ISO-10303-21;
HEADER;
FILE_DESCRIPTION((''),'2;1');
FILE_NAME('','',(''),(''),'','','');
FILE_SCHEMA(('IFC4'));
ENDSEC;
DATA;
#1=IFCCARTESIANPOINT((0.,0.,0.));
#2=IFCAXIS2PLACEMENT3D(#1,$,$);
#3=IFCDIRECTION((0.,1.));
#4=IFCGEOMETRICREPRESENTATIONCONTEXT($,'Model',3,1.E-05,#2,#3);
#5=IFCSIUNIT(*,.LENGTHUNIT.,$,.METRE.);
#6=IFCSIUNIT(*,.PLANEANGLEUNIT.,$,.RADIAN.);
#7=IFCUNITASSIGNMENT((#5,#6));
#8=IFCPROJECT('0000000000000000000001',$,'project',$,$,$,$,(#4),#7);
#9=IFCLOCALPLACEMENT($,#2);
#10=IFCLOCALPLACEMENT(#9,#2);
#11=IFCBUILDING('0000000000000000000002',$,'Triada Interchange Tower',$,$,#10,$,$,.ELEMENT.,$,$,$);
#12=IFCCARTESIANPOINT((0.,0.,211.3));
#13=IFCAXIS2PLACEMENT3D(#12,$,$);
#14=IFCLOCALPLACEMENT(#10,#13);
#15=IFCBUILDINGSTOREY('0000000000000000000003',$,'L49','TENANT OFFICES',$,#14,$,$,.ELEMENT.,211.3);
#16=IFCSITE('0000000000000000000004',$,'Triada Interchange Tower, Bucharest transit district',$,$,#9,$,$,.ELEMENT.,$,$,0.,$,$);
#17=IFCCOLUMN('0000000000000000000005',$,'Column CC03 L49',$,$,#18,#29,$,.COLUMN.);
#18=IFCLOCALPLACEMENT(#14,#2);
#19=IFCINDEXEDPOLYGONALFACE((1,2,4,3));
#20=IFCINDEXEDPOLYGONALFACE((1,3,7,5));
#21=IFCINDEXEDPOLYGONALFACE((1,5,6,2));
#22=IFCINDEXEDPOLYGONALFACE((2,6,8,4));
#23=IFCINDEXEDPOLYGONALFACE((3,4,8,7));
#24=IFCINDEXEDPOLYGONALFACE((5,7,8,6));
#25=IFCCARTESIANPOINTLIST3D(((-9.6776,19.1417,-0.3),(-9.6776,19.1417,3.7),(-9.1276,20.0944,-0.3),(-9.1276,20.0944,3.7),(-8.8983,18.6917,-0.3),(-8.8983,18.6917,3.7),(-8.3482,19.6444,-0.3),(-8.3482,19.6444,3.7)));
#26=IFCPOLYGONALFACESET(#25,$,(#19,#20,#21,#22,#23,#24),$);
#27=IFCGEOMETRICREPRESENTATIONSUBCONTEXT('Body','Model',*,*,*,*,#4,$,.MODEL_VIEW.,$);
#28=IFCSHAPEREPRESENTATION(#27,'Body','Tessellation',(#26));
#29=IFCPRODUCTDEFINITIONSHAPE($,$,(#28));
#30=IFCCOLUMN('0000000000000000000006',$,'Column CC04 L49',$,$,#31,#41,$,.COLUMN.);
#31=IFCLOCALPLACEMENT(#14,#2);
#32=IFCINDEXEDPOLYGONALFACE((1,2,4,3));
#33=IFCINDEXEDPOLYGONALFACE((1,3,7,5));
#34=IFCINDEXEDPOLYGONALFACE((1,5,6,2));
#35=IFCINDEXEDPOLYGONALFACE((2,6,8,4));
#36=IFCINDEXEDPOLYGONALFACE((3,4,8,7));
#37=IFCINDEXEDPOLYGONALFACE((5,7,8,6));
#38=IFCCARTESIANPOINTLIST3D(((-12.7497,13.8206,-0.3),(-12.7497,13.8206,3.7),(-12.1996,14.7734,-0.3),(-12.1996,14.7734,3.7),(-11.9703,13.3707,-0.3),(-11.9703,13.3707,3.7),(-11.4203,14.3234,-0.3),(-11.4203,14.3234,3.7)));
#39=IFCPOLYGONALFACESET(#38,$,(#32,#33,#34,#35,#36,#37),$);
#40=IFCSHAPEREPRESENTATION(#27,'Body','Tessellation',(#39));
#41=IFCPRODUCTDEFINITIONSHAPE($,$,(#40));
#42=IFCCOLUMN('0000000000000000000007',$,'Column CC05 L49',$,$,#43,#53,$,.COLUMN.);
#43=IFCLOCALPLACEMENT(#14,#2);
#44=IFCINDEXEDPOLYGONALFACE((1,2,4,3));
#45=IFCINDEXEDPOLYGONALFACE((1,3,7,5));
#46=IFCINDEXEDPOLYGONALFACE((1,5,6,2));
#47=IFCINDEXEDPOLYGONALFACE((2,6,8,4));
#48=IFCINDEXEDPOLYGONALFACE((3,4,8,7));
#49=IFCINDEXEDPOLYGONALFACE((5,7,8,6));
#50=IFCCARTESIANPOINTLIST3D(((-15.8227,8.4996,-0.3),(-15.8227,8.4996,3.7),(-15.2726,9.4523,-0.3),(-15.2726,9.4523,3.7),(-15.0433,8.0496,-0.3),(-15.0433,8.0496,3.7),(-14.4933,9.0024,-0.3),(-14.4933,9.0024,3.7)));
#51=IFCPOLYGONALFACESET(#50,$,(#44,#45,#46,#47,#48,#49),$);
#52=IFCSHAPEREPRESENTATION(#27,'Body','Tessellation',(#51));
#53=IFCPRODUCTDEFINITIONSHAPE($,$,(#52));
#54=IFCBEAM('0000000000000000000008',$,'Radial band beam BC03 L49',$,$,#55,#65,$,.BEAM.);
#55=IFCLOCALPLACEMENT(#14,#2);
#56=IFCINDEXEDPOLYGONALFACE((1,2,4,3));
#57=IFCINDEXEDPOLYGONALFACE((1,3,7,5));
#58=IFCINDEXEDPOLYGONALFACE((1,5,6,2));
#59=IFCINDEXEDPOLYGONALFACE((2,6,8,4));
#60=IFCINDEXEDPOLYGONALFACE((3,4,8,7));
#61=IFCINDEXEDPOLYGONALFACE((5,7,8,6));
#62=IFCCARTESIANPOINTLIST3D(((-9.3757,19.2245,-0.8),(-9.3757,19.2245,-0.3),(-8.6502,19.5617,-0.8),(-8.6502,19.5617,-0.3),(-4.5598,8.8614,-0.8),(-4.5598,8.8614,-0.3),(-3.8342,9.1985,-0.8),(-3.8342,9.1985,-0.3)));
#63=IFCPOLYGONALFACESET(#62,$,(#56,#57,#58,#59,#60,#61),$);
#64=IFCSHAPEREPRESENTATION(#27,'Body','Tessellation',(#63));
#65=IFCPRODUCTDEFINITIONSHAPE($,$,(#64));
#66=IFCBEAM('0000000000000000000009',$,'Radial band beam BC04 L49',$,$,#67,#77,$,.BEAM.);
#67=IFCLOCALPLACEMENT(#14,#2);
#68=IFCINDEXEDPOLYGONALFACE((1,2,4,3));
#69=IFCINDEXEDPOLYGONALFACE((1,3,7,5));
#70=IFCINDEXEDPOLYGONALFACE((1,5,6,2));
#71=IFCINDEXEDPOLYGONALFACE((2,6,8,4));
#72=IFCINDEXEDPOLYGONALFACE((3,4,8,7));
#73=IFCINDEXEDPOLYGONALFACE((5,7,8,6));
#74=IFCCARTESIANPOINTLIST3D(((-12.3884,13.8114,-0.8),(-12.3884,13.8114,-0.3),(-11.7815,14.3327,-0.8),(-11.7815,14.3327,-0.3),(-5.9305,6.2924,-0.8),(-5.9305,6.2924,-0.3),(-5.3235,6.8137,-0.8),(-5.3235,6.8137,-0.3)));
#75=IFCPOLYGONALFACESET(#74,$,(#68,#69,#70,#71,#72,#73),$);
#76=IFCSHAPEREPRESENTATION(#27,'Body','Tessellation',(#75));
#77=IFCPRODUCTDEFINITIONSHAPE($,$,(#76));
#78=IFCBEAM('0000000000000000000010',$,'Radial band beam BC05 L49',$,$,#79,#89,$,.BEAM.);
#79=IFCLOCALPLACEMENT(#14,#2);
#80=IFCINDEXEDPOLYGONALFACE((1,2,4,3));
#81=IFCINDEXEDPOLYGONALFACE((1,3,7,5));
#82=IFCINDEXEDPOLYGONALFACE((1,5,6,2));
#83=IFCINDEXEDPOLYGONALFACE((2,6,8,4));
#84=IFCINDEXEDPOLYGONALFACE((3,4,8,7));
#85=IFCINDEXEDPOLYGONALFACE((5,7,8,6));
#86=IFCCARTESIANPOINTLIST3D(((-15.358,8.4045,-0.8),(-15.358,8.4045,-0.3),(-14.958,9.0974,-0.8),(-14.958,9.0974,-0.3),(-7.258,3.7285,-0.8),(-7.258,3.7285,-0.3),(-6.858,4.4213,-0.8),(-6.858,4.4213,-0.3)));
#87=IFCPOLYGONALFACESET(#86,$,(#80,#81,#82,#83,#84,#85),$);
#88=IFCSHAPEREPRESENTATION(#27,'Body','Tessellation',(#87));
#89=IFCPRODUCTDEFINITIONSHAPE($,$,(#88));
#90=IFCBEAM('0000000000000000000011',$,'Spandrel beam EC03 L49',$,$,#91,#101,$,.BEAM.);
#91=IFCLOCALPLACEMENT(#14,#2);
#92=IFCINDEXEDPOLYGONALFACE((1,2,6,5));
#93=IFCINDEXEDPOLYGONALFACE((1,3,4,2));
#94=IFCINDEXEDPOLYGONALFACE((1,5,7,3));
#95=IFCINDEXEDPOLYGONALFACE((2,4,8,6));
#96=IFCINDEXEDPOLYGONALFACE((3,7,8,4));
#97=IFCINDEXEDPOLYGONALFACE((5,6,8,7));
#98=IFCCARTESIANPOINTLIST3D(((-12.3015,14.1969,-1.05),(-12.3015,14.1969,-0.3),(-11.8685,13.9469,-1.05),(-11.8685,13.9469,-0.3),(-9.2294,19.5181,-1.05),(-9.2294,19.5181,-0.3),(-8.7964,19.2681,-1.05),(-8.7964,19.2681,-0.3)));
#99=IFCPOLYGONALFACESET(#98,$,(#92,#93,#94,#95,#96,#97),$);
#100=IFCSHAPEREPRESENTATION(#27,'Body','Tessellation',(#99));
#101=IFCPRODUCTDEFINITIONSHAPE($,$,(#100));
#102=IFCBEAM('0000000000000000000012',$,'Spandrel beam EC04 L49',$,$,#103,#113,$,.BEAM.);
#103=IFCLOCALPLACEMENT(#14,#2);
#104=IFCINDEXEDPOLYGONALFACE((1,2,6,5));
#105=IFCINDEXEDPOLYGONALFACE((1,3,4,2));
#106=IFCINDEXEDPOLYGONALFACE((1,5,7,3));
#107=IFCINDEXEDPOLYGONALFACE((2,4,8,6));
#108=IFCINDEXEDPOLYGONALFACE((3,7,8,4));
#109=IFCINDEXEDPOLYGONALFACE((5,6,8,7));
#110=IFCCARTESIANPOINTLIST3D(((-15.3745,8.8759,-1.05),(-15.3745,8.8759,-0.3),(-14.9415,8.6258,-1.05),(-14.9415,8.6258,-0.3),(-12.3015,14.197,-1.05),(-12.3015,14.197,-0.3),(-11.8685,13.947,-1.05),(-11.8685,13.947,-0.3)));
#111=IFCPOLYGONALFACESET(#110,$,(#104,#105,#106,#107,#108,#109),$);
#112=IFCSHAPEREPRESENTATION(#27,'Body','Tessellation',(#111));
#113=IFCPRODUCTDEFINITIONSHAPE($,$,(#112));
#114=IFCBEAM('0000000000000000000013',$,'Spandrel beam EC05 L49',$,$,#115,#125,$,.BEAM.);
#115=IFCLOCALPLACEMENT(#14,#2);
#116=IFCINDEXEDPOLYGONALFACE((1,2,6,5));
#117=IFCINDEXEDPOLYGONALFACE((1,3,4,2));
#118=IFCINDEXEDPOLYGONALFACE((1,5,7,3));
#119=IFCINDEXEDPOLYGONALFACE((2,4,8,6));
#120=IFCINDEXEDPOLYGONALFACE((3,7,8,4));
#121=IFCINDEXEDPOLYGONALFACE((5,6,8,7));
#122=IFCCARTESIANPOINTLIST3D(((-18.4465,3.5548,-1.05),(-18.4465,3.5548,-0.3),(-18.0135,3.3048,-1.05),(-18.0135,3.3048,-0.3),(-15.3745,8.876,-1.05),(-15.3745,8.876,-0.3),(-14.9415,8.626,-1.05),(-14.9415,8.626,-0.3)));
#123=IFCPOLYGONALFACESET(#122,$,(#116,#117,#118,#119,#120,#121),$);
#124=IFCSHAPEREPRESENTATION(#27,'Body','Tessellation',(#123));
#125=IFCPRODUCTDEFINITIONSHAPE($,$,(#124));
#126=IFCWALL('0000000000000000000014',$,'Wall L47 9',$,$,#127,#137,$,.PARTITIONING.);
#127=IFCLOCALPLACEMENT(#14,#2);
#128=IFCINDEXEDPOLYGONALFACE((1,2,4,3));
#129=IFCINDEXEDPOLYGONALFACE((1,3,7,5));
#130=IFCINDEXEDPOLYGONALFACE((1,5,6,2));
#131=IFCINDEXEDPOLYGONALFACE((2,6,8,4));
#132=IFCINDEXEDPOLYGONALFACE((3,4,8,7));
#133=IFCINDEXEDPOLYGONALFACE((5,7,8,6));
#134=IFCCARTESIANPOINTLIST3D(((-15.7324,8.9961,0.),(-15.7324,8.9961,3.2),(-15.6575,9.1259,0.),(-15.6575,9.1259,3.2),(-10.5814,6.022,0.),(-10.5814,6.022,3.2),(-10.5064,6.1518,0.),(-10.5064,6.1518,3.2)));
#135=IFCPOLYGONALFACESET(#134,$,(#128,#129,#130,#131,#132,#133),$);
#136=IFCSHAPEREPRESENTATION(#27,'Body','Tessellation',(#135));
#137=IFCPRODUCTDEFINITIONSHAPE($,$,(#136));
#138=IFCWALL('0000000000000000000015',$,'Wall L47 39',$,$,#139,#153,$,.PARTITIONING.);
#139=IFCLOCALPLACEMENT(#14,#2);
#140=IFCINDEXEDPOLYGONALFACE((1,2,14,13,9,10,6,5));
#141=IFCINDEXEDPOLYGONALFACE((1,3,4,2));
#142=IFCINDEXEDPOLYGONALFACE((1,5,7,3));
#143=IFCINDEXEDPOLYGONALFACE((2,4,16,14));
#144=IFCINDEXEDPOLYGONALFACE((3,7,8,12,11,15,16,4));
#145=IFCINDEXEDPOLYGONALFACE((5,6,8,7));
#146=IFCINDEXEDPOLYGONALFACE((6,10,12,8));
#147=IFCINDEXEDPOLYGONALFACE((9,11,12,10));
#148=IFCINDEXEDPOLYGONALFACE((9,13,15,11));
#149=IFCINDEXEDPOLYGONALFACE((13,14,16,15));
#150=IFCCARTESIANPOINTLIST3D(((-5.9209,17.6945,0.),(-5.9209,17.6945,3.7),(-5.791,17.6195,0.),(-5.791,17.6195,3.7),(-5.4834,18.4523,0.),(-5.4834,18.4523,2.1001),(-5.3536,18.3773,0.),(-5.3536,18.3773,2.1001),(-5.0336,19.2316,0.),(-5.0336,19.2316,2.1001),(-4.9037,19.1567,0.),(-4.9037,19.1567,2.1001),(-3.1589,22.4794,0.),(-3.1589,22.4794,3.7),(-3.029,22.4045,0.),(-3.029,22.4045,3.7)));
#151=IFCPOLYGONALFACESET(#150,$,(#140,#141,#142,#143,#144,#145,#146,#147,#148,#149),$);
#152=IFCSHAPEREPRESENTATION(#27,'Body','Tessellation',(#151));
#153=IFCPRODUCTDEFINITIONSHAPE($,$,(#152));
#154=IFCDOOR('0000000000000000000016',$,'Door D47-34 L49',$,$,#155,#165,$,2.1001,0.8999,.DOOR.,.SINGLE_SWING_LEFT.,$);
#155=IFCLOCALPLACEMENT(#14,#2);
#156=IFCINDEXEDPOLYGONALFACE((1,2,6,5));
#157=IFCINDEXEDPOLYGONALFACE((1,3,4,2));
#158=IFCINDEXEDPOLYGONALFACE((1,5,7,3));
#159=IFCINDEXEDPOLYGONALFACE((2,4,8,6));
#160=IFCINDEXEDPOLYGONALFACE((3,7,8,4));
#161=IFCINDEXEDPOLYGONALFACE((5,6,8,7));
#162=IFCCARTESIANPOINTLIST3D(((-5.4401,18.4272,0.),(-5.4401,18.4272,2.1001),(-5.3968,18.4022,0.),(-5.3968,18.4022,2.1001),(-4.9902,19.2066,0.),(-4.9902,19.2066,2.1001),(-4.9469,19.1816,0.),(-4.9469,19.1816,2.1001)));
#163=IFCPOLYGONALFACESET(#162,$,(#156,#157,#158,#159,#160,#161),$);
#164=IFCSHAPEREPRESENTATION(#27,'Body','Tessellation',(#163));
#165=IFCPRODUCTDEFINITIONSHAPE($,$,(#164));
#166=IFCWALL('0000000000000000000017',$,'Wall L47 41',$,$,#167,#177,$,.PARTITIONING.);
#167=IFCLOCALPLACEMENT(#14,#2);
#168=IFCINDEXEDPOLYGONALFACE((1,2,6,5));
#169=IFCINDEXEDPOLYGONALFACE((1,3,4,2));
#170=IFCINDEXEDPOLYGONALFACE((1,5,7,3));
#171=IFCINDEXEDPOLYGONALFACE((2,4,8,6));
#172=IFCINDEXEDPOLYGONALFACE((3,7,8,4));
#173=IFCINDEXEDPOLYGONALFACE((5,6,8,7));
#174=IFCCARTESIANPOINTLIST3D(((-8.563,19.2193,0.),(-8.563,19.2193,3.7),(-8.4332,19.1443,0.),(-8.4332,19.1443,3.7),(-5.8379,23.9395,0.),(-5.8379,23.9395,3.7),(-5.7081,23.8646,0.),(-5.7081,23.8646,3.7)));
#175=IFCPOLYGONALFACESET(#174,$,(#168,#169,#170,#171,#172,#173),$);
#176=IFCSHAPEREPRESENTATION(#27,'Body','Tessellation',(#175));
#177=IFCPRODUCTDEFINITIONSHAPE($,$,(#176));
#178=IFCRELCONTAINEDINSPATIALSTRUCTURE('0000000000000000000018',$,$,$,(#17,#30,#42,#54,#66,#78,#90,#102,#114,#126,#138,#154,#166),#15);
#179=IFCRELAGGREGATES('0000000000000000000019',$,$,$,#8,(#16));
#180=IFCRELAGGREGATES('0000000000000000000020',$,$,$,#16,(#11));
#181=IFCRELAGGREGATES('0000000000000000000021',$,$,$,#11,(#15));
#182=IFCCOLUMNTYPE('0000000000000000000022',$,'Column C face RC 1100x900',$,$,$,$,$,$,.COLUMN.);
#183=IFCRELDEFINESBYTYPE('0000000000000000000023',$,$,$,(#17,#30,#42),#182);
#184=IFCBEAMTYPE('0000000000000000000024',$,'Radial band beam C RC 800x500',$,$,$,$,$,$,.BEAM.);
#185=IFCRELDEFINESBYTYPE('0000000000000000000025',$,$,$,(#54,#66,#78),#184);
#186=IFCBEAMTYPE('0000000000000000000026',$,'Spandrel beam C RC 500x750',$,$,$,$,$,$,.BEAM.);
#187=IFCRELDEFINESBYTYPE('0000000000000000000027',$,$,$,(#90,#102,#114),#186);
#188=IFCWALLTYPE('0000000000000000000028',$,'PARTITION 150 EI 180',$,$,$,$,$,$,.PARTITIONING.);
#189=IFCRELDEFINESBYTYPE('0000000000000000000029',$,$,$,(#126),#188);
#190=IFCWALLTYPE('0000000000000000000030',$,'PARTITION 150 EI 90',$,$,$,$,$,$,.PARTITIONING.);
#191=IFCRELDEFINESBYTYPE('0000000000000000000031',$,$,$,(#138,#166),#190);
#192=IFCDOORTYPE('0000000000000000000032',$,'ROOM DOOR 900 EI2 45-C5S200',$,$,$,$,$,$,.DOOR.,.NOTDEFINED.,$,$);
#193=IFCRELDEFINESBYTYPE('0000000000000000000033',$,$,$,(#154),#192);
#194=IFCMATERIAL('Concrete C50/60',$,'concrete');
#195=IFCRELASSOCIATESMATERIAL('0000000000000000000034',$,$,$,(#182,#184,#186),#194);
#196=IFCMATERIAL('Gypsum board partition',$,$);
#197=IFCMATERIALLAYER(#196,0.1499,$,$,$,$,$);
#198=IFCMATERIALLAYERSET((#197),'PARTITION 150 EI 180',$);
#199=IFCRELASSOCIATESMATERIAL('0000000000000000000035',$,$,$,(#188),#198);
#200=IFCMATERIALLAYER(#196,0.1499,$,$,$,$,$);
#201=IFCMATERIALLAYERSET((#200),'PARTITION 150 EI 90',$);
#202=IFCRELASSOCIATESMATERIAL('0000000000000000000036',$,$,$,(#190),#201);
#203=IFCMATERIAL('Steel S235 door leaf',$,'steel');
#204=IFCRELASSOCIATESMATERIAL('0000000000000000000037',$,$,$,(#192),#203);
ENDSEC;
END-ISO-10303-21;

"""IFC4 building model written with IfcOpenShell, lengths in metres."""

from ifc_helpers import new_model, si_unit, direction, frame, frame_2d, origin, origin_2d, place, context, subcontext, project, spatial, rectangle, extrude, material, layer, layer_set, material_profile, profile_set, type_object, element, fill, save


model = new_model("IFC4")

# Units and contexts
model_context = context("Model", 3, precision=1e-05, world=origin(), true_north=direction((0.0, 1.0)))
body_context = subcontext(model_context, "Body", "Model", "MODEL_VIEW")
ifc_project = project(units=[si_unit("LENGTHUNIT", "METRE"), si_unit("PLANEANGLEUNIT", "RADIAN")], contexts=[model_context])

# Site, building, storey
site_placement = place(None, origin())
site = spatial("IfcSite", under=ifc_project, at=site_placement, Name="Triada Interchange Tower, Bucharest transit district", CompositionType="ELEMENT", RefElevation=0.0)
building_placement = place(site_placement, origin())
building = spatial("IfcBuilding", under=site, at=building_placement, Name="Triada Interchange Tower", CompositionType="ELEMENT")
storey_placement = place(building_placement, frame((0.0, 0.0, 211.3)))
storey = spatial("IfcBuildingStorey", under=building, at=storey_placement, Name="L49", Description="TENANT OFFICES", CompositionType="ELEMENT", Elevation=211.3)

# Columns
ifc_material_1 = material(Name="Concrete C50/60", Category="concrete")
ifc_material_profile_1 = material_profile(ifc_material_1, rectangle(XDim=1.1001, YDim=0.8999, at=origin_2d()), Name="RC 1100x900")
ifc_profile_set_1 = profile_set([ifc_material_profile_1], Name="Concrete C50/60")
column_type = type_object("IfcColumnType", Name="Column C face RC 1100x900", PredefinedType="COLUMN", material=ifc_profile_set_1)
for number, where, z_axis, x_axis, name in (
    (1, (-9.0129, 19.3931, -0.3), (0.0, 0.0, 1.0), (0.5, 0.866025, 0.0), "Column CC03 L49"),
    (2, (-12.085, 14.072, -0.3), (0.0, 0.0, 1.0), (0.5, 0.866025, 0.0), "Column CC04 L49"),
    (3, (-15.158, 8.751, -0.3), (0.0, 0.0, 1.0), (0.5, 0.866025, 0.0), "Column CC05 L49"),
):
    element("IfcColumn", number, at=place(storey_placement, frame(where, z_axis=z_axis, x_axis=x_axis)), inside=storey, type_object=column_type, Name=name, PredefinedType="COLUMN", context=body_context, shape_type="SweptSolid", body=[
        extrude(rectangle(XDim=1.1001, YDim=0.8999, at=origin_2d()), origin(), (0.0, 0.0, 1.0), 4.0),
    ])

# Beams
ifc_material_profile_2 = material_profile(ifc_material_1, rectangle(XDim=0.8, YDim=0.5, at=origin_2d()), Name="RC 800x500")
ifc_profile_set_2 = profile_set([ifc_material_profile_2], Name="Concrete C50/60")
beam_type_1 = type_object("IfcBeamType", Name="Radial band beam C RC 800x500", PredefinedType="BEAM", material=ifc_profile_set_2)
beam_1_placement = place(storey_placement, frame((-9.0129, 19.3931, -0.55), z_axis=(0.421436, -0.906858, 0.0), x_axis=(0.906858, 0.421436, 0.0)))
element("IfcBeam", 4, at=beam_1_placement, inside=storey, type_object=beam_type_1, Name="Radial band beam BC03 L49", PredefinedType="BEAM", context=body_context, shape_type="SweptSolid", body=[
    extrude(rectangle(XDim=0.8, YDim=0.5, at=origin_2d()), origin(), (0.0, 0.0, 1.0), 11.4275),
])
beam_2_placement = place(storey_placement, frame((-12.085, 14.072, -0.55), z_axis=(0.651554, -0.758602, 0.0), x_axis=(0.758602, 0.651554, 0.0)))
element("IfcBeam", 5, at=beam_2_placement, inside=storey, type_object=beam_type_1, Name="Radial band beam BC04 L49", PredefinedType="BEAM", context=body_context, shape_type="SweptSolid", body=[
    extrude(rectangle(XDim=0.8, YDim=0.5, at=origin_2d()), origin(), (0.0, 0.0, 1.0), 9.9116),
])
beam_3_placement = place(storey_placement, frame((-15.158, 8.751, -0.55), z_axis=(0.866045, -0.499966, 0.0), x_axis=(0.499966, 0.866045, 0.0)))
element("IfcBeam", 6, at=beam_3_placement, inside=storey, type_object=beam_type_1, Name="Radial band beam BC05 L49", PredefinedType="BEAM", context=body_context, shape_type="SweptSolid", body=[
    extrude(rectangle(XDim=0.8, YDim=0.5, at=origin_2d()), origin(), (0.0, 0.0, 1.0), 9.3528),
])
ifc_material_profile_3 = material_profile(ifc_material_1, rectangle(XDim=0.5, YDim=0.75, at=origin_2d()), Name="RC 500x750")
ifc_profile_set_3 = profile_set([ifc_material_profile_3], Name="Concrete C50/60")
beam_type_2 = type_object("IfcBeamType", Name="Spandrel beam C RC 500x750", PredefinedType="BEAM", material=ifc_profile_set_3)
beam_4_placement = place(storey_placement, frame((-9.0129, 19.3931, -0.675), z_axis=(-0.49999, -0.866031, 0.0), x_axis=(0.866031, -0.49999, 0.0)))
element("IfcBeam", 7, at=beam_4_placement, inside=storey, type_object=beam_type_2, Name="Spandrel beam EC03 L49", PredefinedType="BEAM", context=body_context, shape_type="SweptSolid", body=[
    extrude(rectangle(XDim=0.5, YDim=0.75, at=origin_2d()), origin(), (0.0, 0.0, 1.0), 6.1443),
])
beam_5_placement = place(storey_placement, frame((-12.085, 14.072, -0.675), z_axis=(-0.500109, -0.865963, 0.0), x_axis=(0.865963, -0.500109, 0.0)))
element("IfcBeam", 8, at=beam_5_placement, inside=storey, type_object=beam_type_2, Name="Spandrel beam EC04 L49", PredefinedType="BEAM", context=body_context, shape_type="SweptSolid", body=[
    extrude(rectangle(XDim=0.5, YDim=0.75, at=origin_2d()), origin(), (0.0, 0.0, 1.0), 6.1448),
])
beam_6_placement = place(storey_placement, frame((-15.158, 8.751, -0.675), z_axis=(-0.49999, -0.866031, 0.0), x_axis=(0.866031, -0.49999, 0.0)))
element("IfcBeam", 9, at=beam_6_placement, inside=storey, type_object=beam_type_2, Name="Spandrel beam EC05 L49", PredefinedType="BEAM", context=body_context, shape_type="SweptSolid", body=[
    extrude(rectangle(XDim=0.5, YDim=0.75, at=origin_2d()), origin(), (0.0, 0.0, 1.0), 6.1443),
])

# Shared definitions
ifc_material_2 = material(Name="Steel S235 door leaf", Category="steel")

# Wall
ifc_material_3 = material(Name="Gypsum board partition")
ifc_layer_1 = layer(ifc_material_3, 0.1499)
ifc_layer_set_1 = layer_set([ifc_layer_1], Name="PARTITION 150 EI 180")
wall_type_1 = type_object("IfcWallType", Name="PARTITION 150 EI 180", PredefinedType="PARTITIONING", material=ifc_layer_set_1)
wall_1_placement = place(storey_placement, frame((-15.6951, 9.061, 0.0), z_axis=(0.0, 0.0, 1.0), x_axis=(0.866017, -0.500015, 0.0)))
element("IfcWall", 10, at=wall_1_placement, inside=storey, type_object=wall_type_1, Name="Wall L47 9", PredefinedType="PARTITIONING", context=body_context, shape_type="SweptSolid", body=[
    extrude(rectangle(XDim=5.948, YDim=0.1499, at=frame_2d((2.9741, 0.0))), origin(), (0.0, 0.0, 1.0), 3.2),
])

# Wall, opening, door
ifc_layer_2 = layer(ifc_material_3, 0.1499)
ifc_layer_set_2 = layer_set([ifc_layer_2], Name="PARTITION 150 EI 90")
wall_type_2 = type_object("IfcWallType", Name="PARTITION 150 EI 90", PredefinedType="PARTITIONING", material=ifc_layer_set_2)
wall_2_placement = place(storey_placement, frame((-5.856, 17.657, 0.0), z_axis=(0.0, 0.0, 1.0), x_axis=(0.499918, 0.866073, 0.0)))
wall_2 = element("IfcWall", 11, at=wall_2_placement, inside=storey, type_object=wall_type_2, Name="Wall L47 39", PredefinedType="PARTITIONING", context=body_context, shape_type="SweptSolid", body=[
    extrude(rectangle(XDim=5.5249, YDim=0.1499, at=frame_2d((2.7625, 0.0))), origin(), (0.0, 0.0, 1.0), 3.7),
])
opening_1_placement = place(wall_2_placement, frame((0.875, 0.0, 0.0)))
opening_1 = element("IfcOpeningElement", 12, at=opening_1_placement, cuts=wall_2, PredefinedType="OPENING", context=body_context, shape_type="SweptSolid", body=[
    extrude(rectangle(XDim=0.8999, YDim=2.1001, at=frame_2d((0.45, 1.05))), frame((0.0, 0.085, 0.0), z_axis=(0.0, -1.0, 0.0), x_axis=(1.0, 0.0, 0.0)), (0.0, 0.0, 1.0), 0.1699),
])
door_type_1 = type_object("IfcDoorType", Name="ROOM DOOR 900 EI2 45-C5S200", OperationType="NOTDEFINED", PredefinedType="DOOR", material=ifc_material_2)
door_1_placement = place(opening_1_placement, origin())
door_1 = element("IfcDoor", 13, at=door_1_placement, inside=storey, type_object=door_type_1, Name="Door D47-34 L49", OperationType="SINGLE_SWING_LEFT", OverallHeight=2.1001, OverallWidth=0.8999, PredefinedType="DOOR", context=body_context, shape_type="SweptSolid", body=[
    extrude(rectangle(XDim=0.8999, YDim=2.1001, at=frame_2d((0.45, 1.05))), frame((0.0, 0.0249, 0.0), z_axis=(0.0, -1.0, 0.0), x_axis=(1.0, 0.0, 0.0)), (0.0, 0.0, 1.0), 0.05),
])
fill(opening_1, door_1)

# Wall
wall_3_placement = place(storey_placement, frame((-8.498, 19.1819, 0.0), z_axis=(0.0, 0.0, 1.0), x_axis=(0.499984, 0.866035, 0.0)))
element("IfcWall", 14, at=wall_3_placement, inside=storey, type_object=wall_type_2, Name="Wall L47 41", PredefinedType="PARTITIONING", context=body_context, shape_type="SweptSolid", body=[
    extrude(rectangle(XDim=5.4504, YDim=0.1499, at=frame_2d((2.7251, 0.0))), origin(), (0.0, 0.0, 1.0), 3.7),
])

save(model, "model.ifc")
